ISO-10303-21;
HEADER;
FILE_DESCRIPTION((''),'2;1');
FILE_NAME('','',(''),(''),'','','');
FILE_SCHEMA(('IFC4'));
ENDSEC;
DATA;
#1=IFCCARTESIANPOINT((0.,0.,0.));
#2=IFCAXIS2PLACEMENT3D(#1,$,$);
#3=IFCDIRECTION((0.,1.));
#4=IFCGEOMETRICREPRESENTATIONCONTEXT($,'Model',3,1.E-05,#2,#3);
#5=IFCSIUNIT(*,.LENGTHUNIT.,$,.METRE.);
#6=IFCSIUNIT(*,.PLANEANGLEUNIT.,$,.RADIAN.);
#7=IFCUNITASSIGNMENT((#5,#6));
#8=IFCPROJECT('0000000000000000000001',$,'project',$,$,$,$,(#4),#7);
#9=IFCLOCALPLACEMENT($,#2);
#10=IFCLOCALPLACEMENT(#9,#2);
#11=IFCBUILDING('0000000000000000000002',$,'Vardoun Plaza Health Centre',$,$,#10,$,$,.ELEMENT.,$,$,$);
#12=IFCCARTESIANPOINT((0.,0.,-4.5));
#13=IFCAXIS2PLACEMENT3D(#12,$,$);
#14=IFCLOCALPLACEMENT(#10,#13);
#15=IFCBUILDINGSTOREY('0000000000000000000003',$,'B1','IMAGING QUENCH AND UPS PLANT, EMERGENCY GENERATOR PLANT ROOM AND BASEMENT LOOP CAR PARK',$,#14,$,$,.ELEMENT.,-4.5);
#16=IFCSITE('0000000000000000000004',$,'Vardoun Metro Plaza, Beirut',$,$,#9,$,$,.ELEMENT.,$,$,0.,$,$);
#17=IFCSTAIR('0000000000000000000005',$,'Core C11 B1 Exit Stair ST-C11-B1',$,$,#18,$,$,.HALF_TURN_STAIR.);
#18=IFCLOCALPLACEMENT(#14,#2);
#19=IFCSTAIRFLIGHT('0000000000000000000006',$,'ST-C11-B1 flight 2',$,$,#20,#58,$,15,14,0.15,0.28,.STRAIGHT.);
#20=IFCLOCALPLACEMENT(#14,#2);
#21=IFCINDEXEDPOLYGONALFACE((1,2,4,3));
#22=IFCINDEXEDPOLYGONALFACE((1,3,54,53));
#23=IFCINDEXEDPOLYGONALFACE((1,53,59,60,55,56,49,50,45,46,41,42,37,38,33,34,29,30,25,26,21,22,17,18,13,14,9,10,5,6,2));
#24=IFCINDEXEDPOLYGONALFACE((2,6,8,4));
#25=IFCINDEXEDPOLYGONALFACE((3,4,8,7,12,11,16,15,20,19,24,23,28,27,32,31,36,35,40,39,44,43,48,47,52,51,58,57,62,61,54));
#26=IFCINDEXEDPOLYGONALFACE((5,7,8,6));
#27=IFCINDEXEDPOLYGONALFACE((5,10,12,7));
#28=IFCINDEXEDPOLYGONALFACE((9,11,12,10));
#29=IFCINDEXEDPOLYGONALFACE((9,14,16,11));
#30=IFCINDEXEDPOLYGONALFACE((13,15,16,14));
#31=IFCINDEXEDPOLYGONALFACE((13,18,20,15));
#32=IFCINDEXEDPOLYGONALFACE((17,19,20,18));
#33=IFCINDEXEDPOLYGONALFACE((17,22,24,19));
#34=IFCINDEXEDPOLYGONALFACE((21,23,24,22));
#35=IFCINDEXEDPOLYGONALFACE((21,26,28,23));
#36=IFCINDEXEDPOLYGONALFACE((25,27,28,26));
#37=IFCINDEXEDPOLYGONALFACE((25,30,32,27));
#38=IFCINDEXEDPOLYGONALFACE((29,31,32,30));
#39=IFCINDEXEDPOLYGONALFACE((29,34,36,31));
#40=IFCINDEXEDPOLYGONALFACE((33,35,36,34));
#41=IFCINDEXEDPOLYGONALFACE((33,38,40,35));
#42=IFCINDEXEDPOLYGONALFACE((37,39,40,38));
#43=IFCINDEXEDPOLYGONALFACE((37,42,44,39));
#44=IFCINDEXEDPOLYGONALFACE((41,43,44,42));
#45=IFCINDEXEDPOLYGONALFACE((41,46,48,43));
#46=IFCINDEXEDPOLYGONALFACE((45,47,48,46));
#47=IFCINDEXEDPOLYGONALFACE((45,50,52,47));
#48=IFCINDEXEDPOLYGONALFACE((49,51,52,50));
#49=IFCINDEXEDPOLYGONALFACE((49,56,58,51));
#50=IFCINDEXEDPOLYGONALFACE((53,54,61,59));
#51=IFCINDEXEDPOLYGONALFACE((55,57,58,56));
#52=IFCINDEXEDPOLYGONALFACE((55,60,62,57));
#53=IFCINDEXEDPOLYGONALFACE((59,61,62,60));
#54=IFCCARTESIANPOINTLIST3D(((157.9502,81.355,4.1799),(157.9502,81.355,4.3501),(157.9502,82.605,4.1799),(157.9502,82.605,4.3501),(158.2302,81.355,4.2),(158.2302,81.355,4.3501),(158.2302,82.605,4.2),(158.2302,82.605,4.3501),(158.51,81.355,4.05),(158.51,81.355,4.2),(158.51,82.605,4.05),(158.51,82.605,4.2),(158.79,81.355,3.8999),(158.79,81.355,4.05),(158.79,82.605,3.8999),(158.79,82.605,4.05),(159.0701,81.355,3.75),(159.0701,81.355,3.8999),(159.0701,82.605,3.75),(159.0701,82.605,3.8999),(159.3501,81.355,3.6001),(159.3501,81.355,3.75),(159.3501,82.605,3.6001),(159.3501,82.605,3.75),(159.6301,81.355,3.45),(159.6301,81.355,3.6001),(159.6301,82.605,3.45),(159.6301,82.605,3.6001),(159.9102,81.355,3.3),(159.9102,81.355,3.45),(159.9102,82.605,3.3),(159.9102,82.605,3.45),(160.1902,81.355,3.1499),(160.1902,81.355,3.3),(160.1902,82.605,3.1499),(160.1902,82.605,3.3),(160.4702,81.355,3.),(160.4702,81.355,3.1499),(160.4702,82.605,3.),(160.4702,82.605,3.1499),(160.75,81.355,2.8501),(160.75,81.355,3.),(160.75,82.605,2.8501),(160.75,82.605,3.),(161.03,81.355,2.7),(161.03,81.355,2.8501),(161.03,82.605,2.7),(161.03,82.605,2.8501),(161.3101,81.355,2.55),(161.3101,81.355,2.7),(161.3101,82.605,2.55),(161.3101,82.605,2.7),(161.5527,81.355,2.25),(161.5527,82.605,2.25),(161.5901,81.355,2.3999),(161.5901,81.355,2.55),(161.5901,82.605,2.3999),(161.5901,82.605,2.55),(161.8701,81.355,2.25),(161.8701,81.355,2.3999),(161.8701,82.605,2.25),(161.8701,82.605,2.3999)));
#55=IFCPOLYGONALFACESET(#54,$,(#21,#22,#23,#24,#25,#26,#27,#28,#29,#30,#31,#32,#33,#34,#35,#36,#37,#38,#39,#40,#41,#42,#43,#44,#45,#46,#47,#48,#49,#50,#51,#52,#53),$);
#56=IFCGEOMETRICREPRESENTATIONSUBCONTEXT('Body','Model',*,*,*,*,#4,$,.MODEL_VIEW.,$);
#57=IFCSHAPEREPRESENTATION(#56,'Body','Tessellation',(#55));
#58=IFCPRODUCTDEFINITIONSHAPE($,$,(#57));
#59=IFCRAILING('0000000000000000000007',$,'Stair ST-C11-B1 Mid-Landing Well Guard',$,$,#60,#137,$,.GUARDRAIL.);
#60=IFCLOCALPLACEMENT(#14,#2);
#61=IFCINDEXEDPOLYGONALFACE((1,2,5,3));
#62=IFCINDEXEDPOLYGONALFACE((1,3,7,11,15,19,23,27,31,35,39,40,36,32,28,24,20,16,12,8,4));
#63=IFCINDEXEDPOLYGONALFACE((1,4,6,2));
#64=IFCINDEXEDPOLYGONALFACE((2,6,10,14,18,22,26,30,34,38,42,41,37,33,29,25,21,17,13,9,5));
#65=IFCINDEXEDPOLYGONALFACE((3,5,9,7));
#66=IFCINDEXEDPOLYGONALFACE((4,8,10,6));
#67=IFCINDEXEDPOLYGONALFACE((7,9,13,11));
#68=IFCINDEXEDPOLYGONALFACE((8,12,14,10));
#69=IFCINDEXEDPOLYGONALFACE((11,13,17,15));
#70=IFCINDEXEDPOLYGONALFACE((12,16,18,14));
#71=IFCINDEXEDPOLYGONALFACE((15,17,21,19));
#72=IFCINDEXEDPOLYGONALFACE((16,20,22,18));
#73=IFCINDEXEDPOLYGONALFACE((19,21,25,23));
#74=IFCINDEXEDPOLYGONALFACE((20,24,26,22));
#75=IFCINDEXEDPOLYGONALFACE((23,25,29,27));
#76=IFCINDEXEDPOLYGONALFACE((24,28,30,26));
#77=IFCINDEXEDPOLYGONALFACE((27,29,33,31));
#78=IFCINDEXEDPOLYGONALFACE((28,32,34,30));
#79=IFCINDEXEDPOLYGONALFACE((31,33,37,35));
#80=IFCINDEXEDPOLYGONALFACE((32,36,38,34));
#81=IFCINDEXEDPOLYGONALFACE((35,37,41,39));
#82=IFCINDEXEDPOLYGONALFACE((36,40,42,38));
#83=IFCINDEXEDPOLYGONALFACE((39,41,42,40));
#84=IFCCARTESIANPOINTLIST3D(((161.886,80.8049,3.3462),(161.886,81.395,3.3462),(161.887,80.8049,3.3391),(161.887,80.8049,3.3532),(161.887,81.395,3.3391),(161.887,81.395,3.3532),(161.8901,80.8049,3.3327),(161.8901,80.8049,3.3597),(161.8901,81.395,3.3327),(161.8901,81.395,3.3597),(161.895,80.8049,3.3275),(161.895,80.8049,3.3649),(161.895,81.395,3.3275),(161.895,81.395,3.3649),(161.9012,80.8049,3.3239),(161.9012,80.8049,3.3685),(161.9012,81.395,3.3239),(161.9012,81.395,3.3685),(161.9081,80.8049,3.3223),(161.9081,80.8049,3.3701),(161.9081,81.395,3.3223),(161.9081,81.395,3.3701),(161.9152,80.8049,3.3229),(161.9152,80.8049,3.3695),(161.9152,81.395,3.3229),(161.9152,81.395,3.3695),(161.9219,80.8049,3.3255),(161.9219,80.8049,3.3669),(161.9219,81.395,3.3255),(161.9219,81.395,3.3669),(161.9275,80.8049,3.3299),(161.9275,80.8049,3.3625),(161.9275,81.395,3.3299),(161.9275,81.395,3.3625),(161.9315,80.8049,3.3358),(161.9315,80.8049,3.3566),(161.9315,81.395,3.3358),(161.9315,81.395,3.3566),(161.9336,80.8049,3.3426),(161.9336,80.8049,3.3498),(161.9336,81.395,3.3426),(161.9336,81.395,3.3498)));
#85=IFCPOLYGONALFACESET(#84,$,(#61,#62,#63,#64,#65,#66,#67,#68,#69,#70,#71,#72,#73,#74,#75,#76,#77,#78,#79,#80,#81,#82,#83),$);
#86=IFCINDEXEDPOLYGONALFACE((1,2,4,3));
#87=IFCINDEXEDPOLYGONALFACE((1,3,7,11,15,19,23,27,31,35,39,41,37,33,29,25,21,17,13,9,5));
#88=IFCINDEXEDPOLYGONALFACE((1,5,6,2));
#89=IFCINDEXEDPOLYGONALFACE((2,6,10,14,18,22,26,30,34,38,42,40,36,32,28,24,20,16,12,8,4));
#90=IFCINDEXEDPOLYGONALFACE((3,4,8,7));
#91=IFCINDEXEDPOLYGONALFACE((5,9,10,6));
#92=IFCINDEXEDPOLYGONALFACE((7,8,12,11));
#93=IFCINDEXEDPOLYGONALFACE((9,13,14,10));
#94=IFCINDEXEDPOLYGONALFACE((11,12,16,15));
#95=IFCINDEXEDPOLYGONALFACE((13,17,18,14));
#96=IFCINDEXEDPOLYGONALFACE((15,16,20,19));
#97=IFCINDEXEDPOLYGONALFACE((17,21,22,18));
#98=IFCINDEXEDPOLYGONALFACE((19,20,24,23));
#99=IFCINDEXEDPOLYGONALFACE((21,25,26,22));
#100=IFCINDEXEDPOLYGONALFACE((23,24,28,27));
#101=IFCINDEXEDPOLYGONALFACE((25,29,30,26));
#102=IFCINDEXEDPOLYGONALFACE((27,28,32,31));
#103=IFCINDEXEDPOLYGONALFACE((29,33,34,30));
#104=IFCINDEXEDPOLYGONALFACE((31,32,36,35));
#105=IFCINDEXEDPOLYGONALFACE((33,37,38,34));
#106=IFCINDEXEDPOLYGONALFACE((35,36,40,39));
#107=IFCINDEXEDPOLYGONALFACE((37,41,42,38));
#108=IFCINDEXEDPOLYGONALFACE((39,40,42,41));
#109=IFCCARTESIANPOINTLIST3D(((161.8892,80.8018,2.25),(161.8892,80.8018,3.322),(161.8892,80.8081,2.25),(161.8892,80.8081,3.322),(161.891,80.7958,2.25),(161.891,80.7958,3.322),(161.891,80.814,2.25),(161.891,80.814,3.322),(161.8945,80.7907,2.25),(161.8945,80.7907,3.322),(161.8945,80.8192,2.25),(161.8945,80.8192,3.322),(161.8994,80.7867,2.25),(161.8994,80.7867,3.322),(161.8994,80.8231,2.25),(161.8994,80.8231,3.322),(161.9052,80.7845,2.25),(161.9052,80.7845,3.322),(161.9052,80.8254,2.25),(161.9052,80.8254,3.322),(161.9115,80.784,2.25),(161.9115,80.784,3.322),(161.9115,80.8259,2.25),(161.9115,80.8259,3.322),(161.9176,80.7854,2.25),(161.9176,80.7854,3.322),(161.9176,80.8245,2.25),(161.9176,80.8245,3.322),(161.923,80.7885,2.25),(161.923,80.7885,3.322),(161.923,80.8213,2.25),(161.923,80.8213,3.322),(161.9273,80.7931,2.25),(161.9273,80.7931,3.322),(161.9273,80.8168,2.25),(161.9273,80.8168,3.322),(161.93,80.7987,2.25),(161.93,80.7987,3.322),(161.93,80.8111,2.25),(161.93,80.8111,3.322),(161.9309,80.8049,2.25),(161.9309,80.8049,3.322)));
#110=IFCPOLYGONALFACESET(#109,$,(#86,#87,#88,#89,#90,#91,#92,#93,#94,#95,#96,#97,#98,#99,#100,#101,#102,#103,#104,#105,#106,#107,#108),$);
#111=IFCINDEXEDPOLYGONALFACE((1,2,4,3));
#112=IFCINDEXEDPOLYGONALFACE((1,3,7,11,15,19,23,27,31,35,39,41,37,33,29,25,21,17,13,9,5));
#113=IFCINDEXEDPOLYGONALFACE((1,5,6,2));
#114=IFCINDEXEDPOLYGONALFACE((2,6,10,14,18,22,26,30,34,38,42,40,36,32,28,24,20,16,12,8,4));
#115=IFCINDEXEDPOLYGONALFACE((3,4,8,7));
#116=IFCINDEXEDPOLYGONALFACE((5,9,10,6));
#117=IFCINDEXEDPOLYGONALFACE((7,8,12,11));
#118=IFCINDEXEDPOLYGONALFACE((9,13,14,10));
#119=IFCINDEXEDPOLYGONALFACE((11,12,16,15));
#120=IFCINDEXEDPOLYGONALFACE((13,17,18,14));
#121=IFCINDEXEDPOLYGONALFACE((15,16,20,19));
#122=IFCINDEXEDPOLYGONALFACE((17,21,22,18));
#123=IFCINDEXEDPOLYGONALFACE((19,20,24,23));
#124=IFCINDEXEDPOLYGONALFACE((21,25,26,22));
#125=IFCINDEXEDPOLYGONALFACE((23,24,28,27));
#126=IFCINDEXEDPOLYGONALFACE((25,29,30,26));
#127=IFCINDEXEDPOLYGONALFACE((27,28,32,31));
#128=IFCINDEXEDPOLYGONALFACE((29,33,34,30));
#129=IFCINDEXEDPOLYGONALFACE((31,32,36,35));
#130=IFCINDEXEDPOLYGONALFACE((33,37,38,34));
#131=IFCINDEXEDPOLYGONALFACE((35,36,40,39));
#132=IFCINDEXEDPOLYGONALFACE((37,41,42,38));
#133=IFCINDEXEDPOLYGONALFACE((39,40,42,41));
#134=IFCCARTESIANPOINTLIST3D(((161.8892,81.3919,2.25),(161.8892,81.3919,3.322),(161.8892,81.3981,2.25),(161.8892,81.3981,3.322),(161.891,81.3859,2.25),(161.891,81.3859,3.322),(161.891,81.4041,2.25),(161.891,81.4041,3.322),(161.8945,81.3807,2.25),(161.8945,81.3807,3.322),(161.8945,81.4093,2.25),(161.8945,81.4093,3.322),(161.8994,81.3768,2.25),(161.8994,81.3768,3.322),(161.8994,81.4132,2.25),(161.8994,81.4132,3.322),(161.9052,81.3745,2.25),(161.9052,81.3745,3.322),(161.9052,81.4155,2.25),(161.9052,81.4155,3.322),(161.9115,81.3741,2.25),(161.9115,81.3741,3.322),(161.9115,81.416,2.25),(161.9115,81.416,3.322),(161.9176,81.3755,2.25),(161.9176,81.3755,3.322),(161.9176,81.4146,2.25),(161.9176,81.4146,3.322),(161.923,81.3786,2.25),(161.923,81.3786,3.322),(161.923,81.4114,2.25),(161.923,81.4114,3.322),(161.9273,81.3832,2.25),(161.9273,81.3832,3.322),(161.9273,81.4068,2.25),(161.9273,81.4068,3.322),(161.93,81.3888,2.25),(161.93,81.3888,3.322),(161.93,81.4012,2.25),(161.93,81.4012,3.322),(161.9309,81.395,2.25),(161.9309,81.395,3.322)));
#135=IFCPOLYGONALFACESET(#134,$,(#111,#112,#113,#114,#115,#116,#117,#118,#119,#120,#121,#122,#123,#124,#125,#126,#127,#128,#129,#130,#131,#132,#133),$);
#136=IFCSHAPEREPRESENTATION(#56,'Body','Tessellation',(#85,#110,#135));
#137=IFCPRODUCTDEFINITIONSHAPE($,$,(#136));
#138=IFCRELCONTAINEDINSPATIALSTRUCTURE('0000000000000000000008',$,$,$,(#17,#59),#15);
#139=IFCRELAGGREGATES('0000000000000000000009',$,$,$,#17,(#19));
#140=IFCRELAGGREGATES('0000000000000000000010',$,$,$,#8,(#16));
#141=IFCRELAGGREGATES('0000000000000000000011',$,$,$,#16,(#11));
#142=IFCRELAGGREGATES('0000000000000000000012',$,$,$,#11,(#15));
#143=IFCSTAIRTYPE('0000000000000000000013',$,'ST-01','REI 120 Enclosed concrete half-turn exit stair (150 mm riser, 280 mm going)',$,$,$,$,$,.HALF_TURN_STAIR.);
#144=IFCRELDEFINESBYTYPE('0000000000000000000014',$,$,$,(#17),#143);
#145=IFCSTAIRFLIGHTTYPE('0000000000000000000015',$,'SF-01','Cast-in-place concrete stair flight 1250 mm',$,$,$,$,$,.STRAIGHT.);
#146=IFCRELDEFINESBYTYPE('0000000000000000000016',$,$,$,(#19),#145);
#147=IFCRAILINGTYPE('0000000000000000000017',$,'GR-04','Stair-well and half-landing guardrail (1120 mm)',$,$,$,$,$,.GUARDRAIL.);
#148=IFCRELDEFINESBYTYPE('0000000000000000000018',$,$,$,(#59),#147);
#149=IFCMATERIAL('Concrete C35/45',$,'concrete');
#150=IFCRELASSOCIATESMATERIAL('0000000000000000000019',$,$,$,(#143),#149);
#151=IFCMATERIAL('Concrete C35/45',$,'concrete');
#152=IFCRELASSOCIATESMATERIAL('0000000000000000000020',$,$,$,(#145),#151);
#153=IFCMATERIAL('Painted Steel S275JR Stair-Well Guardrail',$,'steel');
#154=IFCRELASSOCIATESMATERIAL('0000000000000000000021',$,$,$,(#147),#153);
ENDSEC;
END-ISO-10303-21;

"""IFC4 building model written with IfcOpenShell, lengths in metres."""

from ifc_helpers import new_model, si_unit, direction, frame, origin, origin_2d, place, context, subcontext, project, spatial, polyline, circle, outline, extrude, material, type_object, element, aggregate, save


model = new_model("IFC4")

# Units and contexts
model_context = context("Model", 3, precision=1e-05, world=origin(), true_north=direction((0.0, 1.0)))
body_context = subcontext(model_context, "Body", "Model", "MODEL_VIEW")
ifc_project = project(units=[si_unit("LENGTHUNIT", "METRE"), si_unit("PLANEANGLEUNIT", "RADIAN")], contexts=[model_context])

# Site, building, storey
site_placement = place(None, origin())
site = spatial("IfcSite", under=ifc_project, at=site_placement, Name="Vardoun Metro Plaza, Beirut", CompositionType="ELEMENT", RefElevation=0.0)
building_placement = place(site_placement, origin())
building = spatial("IfcBuilding", under=site, at=building_placement, Name="Vardoun Plaza Health Centre", CompositionType="ELEMENT")
storey_placement = place(building_placement, frame((0.0, 0.0, -4.5)))
storey = spatial("IfcBuildingStorey", under=building, at=storey_placement, Name="B1", Description="IMAGING QUENCH AND UPS PLANT, EMERGENCY GENERATOR PLANT ROOM AND BASEMENT LOOP CAR PARK", CompositionType="ELEMENT", Elevation=-4.5)

# Stair, stair flight
ifc_material_1 = material(Name="Concrete C35/45", Category="concrete")
stair_type = type_object("IfcStairType", Name="ST-01", Description="REI 120 Enclosed concrete half-turn exit stair (150 mm riser, 280 mm going)", PredefinedType="HALF_TURN_STAIR", material=ifc_material_1)
stair_placement = place(storey_placement, origin())
stair = element("IfcStair", 1, at=stair_placement, inside=storey, type_object=stair_type, Name="Core C11 B1 Exit Stair ST-C11-B1", PredefinedType="HALF_TURN_STAIR")
ifc_material_2 = material(Name="Concrete C35/45", Category="concrete")
stair_flight_type = type_object("IfcStairFlightType", Name="SF-01", Description="Cast-in-place concrete stair flight 1250 mm", PredefinedType="STRAIGHT", material=ifc_material_2)
stair_flight_1_placement = place(storey_placement, frame((161.8701, 81.98, 2.25), z_axis=(0.0, 0.0, 1.0), x_axis=(-1.0, 0.0, 0.0)))
stair_flight_1 = element("IfcStairFlight", 2, at=stair_flight_1_placement, type_object=stair_flight_type, Name="ST-C11-B1 flight 2", NumberOfRisers=15, NumberOfTreads=14, PredefinedType="STRAIGHT", RiserHeight=0.15, TreadLength=0.28, context=body_context, shape_type="SweptSolid", body=[
    extrude(outline(polyline([(0.0, 0.0), (0.0, 0.1499), (0.28, 0.1499), (0.28, 0.3), (0.5601, 0.3), (0.5601, 0.45), (0.8401, 0.45), (0.8401, 0.6001), (1.1201, 0.6001), (1.1201, 0.75), (1.3999, 0.75), (1.3999, 0.8999), (1.6799, 0.8999), (1.6799, 1.05), (1.96, 1.05), (1.96, 1.2), (2.24, 1.2), (2.24, 1.3501), (2.52, 1.3501), (2.52, 1.5), (2.8, 1.5), (2.8, 1.6499), (3.0801, 1.6499), (3.0801, 1.8), (3.3601, 1.8), (3.3601, 1.95), (3.6399, 1.95), (3.6399, 2.1001), (3.9199, 2.1001), (3.9199, 2.25), (3.9199, 1.9299), (0.3174, 0.0), (0.0, 0.0)])), frame((0.0, 0.625, 0.0), z_axis=(0.0, -1.0, 0.0), x_axis=(1.0, 0.0, 0.0)), (0.0, 0.0, 1.0), 1.25),
])
aggregate(stair, [stair_flight_1])

# Railing
ifc_material_3 = material(Name="Painted Steel S275JR Stair-Well Guardrail", Category="steel")
railing_type_1 = type_object("IfcRailingType", Name="GR-04", Description="Stair-well and half-landing guardrail (1120 mm)", PredefinedType="GUARDRAIL", material=ifc_material_3)
railing_1_placement = place(storey_placement, frame((161.9099, 80.8049, 2.25)))
element("IfcRailing", 3, at=railing_1_placement, inside=storey, type_object=railing_type_1, Name="Stair ST-C11-B1 Mid-Landing Well Guard", PredefinedType="GUARDRAIL", context=body_context, shape_type="SweptSolid", body=[
    extrude(circle(Radius=0.0239, at=origin_2d()), frame((0.0, 0.0, 1.0962), z_axis=(0.0, 1.0, 0.0), x_axis=(-1.0, 0.0, 0.0)), (0.0, 0.0, 1.0), 0.5901),
    extrude(circle(Radius=0.021, at=origin_2d()), origin(), (0.0, 0.0, 1.0), 1.072),
    extrude(circle(Radius=0.021, at=origin_2d()), frame((0.0, 0.5901, 0.0)), (0.0, 0.0, 1.0), 1.072),
])

save(model, "model.ifc")
